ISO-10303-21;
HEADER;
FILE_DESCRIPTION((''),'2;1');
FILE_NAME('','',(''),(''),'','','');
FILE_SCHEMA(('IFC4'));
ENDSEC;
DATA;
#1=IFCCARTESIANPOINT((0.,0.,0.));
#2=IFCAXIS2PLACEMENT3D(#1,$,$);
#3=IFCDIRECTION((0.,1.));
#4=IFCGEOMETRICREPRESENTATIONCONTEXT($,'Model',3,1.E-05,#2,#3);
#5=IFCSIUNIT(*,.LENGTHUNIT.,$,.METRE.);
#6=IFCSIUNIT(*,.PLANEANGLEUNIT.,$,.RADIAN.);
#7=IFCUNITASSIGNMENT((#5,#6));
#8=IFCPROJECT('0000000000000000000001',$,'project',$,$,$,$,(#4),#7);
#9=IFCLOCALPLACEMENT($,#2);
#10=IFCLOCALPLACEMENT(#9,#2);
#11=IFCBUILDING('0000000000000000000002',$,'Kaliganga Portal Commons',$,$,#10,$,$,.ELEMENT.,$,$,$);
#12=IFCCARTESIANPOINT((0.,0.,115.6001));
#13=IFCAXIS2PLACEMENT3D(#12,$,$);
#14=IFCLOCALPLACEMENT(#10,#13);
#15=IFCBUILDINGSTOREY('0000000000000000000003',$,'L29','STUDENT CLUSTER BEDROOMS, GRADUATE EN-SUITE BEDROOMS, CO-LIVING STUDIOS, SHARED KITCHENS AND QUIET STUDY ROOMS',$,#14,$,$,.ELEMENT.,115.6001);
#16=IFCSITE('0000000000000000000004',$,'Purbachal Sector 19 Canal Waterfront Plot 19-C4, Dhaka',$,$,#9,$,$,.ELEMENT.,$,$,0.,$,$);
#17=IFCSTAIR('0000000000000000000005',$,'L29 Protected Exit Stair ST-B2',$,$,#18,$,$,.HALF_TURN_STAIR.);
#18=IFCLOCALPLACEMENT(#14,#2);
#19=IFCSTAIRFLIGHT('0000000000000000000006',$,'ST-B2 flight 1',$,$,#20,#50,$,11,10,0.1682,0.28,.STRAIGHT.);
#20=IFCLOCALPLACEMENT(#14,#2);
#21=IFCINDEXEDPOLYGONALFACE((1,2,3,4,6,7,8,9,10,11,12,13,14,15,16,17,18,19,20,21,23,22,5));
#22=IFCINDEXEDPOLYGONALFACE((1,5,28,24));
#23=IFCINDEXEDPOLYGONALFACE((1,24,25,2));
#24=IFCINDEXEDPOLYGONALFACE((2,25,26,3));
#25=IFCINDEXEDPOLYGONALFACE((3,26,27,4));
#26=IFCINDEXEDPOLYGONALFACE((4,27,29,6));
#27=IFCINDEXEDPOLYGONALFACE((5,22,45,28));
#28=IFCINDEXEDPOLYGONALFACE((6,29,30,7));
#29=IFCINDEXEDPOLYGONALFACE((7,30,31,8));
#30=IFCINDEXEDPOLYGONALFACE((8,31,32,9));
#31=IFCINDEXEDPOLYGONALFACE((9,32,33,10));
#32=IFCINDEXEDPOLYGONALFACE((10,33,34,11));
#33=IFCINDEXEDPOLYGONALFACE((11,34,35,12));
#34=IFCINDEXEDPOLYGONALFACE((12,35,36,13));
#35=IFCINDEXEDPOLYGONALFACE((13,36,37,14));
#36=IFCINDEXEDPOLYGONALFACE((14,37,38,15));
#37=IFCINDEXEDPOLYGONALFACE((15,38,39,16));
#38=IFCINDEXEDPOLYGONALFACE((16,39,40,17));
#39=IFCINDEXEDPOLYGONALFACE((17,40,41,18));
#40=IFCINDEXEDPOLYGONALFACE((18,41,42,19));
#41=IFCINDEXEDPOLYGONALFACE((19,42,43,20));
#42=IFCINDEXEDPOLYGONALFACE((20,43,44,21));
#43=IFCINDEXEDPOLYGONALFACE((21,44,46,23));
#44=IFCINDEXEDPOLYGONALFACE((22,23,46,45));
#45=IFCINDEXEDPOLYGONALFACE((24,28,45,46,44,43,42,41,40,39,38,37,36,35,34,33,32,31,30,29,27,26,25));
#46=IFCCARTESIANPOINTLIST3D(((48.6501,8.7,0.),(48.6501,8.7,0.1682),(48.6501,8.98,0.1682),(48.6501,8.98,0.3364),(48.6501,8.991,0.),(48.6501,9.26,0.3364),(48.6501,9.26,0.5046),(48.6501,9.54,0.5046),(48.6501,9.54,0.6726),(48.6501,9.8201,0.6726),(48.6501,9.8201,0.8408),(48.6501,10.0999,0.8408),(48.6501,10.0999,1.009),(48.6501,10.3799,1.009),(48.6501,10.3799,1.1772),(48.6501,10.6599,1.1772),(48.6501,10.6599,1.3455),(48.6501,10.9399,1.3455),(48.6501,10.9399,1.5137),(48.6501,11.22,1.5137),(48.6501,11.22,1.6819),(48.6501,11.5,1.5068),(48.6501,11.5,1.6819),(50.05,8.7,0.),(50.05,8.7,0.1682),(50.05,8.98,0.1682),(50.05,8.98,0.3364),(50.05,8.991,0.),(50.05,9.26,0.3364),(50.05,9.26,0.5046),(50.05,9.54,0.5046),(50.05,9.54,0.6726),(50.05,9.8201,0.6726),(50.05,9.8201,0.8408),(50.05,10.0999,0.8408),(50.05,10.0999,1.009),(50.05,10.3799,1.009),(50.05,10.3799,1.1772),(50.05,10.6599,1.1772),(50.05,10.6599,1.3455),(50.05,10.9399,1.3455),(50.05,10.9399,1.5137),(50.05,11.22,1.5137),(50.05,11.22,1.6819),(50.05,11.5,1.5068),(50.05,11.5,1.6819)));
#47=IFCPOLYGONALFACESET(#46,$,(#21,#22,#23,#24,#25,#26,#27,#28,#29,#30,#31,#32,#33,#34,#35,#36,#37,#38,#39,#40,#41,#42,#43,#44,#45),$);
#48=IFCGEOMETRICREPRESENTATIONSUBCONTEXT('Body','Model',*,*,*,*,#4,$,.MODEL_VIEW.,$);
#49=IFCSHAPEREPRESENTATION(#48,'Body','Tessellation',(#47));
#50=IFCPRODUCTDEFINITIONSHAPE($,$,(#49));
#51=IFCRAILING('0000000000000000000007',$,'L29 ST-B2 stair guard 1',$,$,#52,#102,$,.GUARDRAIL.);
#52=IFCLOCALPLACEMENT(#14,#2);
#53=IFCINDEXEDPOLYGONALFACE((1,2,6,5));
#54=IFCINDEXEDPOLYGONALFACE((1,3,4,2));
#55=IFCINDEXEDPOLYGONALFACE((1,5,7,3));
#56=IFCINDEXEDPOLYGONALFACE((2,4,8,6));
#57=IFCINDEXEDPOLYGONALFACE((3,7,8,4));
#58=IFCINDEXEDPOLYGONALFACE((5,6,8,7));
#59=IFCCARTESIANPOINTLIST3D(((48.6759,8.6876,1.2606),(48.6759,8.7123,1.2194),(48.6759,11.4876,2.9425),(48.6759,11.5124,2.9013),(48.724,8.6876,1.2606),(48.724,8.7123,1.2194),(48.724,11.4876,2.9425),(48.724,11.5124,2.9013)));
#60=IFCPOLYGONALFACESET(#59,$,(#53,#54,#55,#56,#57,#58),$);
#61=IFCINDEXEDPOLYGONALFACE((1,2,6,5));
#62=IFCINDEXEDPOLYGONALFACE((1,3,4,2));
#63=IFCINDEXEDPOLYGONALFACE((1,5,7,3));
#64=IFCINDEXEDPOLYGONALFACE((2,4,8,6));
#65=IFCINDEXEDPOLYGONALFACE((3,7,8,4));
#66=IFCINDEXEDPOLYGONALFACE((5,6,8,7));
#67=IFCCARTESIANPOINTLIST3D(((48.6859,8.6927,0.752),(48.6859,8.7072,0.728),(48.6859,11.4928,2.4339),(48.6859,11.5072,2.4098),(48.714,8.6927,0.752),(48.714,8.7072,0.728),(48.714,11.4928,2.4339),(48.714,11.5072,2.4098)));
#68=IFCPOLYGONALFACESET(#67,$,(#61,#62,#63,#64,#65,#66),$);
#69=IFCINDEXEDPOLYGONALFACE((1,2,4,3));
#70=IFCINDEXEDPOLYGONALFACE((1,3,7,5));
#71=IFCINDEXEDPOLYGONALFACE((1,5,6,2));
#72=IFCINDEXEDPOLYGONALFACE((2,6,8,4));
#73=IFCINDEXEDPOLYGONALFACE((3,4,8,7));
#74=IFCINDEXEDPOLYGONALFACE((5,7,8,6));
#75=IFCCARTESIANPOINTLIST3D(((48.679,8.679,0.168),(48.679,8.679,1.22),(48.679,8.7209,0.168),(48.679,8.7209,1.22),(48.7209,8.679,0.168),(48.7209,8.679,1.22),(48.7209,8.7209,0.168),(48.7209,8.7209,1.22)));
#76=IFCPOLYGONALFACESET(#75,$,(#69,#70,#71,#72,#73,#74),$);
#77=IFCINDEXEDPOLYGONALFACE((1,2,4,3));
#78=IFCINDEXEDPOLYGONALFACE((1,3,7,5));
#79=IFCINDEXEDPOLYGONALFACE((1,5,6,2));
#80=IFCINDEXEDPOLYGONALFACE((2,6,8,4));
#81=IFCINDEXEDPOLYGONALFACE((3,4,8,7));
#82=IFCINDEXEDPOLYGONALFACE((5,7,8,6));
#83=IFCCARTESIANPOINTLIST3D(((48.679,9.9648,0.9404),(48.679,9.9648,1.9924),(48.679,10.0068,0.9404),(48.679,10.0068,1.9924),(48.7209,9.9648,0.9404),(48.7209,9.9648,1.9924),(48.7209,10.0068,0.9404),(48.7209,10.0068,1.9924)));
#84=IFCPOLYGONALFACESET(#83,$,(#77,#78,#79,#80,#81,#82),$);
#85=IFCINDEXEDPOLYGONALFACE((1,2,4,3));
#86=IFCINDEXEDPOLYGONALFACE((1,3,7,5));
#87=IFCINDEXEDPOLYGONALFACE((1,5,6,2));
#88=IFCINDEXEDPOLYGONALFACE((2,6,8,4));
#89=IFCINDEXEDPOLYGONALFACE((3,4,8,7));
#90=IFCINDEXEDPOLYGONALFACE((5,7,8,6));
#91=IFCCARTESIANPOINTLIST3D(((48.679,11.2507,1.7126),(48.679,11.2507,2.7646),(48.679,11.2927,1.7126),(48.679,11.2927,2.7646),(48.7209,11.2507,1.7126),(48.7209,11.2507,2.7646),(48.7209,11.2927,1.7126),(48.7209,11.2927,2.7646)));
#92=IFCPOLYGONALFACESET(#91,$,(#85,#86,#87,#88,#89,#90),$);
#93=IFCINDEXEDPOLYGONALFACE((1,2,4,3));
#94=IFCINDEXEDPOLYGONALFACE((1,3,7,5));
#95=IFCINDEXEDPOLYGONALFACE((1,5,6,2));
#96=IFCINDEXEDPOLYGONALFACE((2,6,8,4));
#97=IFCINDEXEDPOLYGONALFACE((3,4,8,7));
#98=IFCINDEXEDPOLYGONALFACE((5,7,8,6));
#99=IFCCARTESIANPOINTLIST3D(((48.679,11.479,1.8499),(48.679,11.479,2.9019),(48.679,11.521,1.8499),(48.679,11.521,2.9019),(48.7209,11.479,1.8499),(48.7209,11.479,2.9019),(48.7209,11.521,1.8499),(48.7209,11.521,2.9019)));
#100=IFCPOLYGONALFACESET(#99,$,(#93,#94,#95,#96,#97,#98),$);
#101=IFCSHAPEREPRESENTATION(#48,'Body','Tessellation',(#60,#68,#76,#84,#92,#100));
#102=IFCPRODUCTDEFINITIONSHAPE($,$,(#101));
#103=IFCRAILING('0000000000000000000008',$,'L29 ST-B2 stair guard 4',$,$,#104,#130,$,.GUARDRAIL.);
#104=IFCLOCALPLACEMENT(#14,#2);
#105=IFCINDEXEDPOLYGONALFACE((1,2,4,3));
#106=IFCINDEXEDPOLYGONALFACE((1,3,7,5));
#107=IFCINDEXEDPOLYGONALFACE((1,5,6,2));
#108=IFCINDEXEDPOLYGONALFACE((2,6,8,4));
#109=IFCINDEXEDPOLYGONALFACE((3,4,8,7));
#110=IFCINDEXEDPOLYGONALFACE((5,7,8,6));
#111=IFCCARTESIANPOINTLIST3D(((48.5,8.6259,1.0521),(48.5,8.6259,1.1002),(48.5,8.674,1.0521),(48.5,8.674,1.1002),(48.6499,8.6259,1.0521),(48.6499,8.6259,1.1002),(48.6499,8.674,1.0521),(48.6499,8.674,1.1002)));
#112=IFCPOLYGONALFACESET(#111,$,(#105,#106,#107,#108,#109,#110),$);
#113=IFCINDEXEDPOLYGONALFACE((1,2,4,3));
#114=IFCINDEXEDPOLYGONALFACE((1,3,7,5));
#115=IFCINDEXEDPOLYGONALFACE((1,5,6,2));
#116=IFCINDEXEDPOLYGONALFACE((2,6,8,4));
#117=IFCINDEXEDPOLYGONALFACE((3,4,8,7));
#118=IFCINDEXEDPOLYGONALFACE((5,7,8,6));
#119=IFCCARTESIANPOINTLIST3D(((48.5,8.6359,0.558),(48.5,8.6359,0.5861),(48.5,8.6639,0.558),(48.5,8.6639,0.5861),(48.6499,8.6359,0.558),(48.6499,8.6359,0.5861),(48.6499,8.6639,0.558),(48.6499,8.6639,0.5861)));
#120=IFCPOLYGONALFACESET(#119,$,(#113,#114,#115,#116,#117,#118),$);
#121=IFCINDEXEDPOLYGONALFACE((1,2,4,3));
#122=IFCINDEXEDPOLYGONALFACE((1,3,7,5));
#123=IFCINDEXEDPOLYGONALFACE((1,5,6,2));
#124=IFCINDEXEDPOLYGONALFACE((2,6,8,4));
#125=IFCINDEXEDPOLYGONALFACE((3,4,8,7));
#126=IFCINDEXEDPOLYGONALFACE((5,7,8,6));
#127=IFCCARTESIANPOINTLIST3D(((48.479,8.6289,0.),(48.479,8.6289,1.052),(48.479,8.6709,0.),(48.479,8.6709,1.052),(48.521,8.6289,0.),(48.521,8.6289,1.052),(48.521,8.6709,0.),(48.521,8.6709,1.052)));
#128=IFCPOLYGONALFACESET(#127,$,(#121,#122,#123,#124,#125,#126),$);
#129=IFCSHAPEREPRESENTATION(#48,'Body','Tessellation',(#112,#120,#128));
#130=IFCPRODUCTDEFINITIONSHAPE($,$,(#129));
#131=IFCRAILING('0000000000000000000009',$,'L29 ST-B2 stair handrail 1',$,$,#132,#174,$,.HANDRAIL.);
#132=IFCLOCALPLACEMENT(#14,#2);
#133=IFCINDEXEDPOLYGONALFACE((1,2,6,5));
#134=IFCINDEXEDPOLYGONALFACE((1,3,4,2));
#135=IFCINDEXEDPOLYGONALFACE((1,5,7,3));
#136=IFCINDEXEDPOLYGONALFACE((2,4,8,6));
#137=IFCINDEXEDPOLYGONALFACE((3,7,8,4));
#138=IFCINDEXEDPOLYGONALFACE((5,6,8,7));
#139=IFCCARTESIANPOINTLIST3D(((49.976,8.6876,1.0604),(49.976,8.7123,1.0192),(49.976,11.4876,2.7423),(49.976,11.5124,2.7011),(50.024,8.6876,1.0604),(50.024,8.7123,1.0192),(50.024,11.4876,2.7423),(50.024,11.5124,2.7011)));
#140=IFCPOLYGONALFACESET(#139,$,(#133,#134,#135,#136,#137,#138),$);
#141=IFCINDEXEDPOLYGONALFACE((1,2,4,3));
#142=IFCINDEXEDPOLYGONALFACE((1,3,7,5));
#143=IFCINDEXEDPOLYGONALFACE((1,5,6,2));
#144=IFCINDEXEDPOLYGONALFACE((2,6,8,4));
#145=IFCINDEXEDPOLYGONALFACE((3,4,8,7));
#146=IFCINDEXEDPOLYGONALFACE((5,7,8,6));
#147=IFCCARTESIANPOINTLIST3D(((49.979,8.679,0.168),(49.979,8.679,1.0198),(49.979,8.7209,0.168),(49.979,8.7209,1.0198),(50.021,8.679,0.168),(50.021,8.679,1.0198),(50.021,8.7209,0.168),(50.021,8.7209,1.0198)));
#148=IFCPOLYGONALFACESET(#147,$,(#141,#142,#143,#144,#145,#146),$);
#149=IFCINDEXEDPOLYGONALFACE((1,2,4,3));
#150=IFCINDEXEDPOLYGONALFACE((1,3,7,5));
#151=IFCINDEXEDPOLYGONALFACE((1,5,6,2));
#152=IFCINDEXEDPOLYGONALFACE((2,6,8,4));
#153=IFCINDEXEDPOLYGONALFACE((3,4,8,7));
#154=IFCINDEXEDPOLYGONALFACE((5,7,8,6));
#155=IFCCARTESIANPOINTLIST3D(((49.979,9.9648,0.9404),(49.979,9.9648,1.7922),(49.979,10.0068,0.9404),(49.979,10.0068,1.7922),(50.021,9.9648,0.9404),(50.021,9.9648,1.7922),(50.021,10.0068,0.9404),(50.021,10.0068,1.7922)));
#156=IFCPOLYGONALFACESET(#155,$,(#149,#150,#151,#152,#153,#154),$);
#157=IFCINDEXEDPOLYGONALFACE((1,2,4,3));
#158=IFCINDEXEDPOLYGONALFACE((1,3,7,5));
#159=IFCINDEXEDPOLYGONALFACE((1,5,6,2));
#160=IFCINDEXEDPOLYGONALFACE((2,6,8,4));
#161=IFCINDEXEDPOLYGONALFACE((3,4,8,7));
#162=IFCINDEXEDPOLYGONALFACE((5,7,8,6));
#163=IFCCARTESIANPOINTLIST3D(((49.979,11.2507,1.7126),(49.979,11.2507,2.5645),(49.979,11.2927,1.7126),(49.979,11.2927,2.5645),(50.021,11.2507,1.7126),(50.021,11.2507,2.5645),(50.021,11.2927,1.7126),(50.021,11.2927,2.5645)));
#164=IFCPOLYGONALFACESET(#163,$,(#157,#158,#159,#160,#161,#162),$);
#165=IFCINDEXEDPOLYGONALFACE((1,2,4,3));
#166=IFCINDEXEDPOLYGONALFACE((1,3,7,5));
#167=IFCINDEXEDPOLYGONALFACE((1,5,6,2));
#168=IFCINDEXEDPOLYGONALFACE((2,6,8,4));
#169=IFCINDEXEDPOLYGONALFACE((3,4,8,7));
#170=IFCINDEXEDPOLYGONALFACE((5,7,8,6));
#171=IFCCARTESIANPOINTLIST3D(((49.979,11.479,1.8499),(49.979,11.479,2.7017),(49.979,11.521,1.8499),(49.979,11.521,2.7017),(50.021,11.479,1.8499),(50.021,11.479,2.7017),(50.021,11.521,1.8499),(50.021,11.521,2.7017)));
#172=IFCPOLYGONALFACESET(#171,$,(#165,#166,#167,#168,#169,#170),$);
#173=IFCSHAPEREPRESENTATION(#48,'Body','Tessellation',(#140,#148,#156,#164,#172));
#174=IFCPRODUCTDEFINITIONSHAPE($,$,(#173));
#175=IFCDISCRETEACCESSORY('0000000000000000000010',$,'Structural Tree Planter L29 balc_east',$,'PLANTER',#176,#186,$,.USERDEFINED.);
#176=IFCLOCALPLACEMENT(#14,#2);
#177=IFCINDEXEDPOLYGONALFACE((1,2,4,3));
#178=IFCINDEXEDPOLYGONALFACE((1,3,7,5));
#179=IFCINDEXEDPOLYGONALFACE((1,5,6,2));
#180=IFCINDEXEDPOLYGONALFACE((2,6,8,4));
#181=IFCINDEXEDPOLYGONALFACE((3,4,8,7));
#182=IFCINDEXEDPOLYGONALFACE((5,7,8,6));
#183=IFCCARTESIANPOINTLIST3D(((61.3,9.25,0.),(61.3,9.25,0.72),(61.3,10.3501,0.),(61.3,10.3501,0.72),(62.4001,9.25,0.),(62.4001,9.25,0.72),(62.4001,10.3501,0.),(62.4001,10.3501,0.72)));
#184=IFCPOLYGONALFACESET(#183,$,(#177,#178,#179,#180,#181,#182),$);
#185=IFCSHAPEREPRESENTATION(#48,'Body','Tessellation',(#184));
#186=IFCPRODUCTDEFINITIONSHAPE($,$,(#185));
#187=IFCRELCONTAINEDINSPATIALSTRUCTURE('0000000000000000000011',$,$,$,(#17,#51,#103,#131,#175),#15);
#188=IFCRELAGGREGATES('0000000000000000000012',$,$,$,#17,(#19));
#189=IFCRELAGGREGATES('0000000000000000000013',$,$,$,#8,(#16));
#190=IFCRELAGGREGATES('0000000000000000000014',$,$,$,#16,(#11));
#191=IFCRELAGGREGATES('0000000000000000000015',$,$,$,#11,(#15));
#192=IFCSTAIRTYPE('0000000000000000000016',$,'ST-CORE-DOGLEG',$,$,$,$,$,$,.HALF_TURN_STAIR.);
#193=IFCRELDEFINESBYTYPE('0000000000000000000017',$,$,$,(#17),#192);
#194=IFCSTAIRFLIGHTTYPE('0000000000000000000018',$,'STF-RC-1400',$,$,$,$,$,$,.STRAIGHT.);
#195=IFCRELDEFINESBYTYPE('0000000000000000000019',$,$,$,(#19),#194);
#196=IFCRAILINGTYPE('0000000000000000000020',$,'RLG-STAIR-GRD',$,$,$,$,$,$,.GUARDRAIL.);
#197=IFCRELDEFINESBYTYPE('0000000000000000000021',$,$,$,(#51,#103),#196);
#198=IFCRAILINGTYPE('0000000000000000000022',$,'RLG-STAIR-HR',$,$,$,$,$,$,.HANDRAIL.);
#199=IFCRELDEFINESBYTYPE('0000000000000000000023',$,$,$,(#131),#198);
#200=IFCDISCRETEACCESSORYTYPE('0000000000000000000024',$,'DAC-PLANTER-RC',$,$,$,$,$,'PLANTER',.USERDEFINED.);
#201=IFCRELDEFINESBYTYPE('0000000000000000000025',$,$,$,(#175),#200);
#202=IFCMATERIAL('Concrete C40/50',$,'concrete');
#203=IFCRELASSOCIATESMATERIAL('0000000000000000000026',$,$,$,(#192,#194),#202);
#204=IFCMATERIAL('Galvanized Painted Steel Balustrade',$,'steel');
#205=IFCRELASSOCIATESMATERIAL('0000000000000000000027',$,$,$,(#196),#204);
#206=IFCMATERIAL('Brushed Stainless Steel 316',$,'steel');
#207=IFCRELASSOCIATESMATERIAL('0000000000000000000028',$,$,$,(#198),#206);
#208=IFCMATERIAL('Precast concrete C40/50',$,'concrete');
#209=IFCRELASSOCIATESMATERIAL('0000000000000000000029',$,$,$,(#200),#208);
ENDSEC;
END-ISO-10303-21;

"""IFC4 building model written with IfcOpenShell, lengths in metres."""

from ifc_helpers import new_model, si_unit, direction, frame, origin, origin_2d, place, context, subcontext, project, spatial, polyline, rectangle, outline, extrude, source, transform, mapped, material, type_object, element, aggregate, save


model = new_model("IFC4")

# Units and contexts
model_context = context("Model", 3, precision=1e-05, world=origin(), true_north=direction((0.0, 1.0)))
body_context = subcontext(model_context, "Body", "Model", "MODEL_VIEW")
ifc_project = project(units=[si_unit("LENGTHUNIT", "METRE"), si_unit("PLANEANGLEUNIT", "RADIAN")], contexts=[model_context])

# Site, building, storey
site_placement = place(None, origin())
site = spatial("IfcSite", under=ifc_project, at=site_placement, Name="Purbachal Sector 19 Canal Waterfront Plot 19-C4, Dhaka", CompositionType="ELEMENT", RefElevation=0.0)
building_placement = place(site_placement, origin())
building = spatial("IfcBuilding", under=site, at=building_placement, Name="Kaliganga Portal Commons", CompositionType="ELEMENT")
storey_placement = place(building_placement, frame((0.0, 0.0, 115.6001)))
storey = spatial("IfcBuildingStorey", under=building, at=storey_placement, Name="L29", Description="STUDENT CLUSTER BEDROOMS, GRADUATE EN-SUITE BEDROOMS, CO-LIVING STUDIOS, SHARED KITCHENS AND QUIET STUDY ROOMS", CompositionType="ELEMENT", Elevation=115.6001)

# Stair, stair flight
ifc_material_1 = material(Name="Concrete C40/50", Category="concrete")
stair_type = type_object("IfcStairType", Name="ST-CORE-DOGLEG", PredefinedType="HALF_TURN_STAIR", material=ifc_material_1)
stair_placement = place(storey_placement, origin())
stair = element("IfcStair", 1, at=stair_placement, inside=storey, type_object=stair_type, Name="L29 Protected Exit Stair ST-B2", PredefinedType="HALF_TURN_STAIR")
stair_flight_type = type_object("IfcStairFlightType", Name="STF-RC-1400", PredefinedType="STRAIGHT", material=ifc_material_1)
stair_flight_placement = place(storey_placement, frame((49.3501, 8.7, 0.0), z_axis=(0.0, 0.0, 1.0), x_axis=(0.0, 1.0, 0.0)))
stair_flight = element("IfcStairFlight", 2, at=stair_flight_placement, type_object=stair_flight_type, Name="ST-B2 flight 1", NumberOfRisers=11, NumberOfTreads=10, PredefinedType="STRAIGHT", RiserHeight=0.1682, TreadLength=0.28, context=body_context, shape_type="SweptSolid", body=[
    extrude(outline(polyline([(0.0, 0.0), (0.0, 0.1682), (0.28, 0.1682), (0.28, 0.3364), (0.5601, 0.3364), (0.5601, 0.5046), (0.8401, 0.5046), (0.8401, 0.6726), (1.1201, 0.6726), (1.1201, 0.8408), (1.3999, 0.8408), (1.3999, 1.009), (1.6799, 1.009), (1.6799, 1.1772), (1.96, 1.1772), (1.96, 1.3455), (2.24, 1.3455), (2.24, 1.5137), (2.52, 1.5137), (2.52, 1.6819), (2.8, 1.6819), (2.8, 1.8501), (2.8, 1.5068), (0.291, 0.0), (0.0, 0.0)])), frame((0.0, 0.7, 0.0), z_axis=(0.0, -1.0, 0.0), x_axis=(1.0, 0.0, 0.0)), (0.0, 0.0, 1.0), 1.3999),
])
aggregate(stair, [stair_flight])

# Railings
ifc_material_2 = material(Name="Galvanized Painted Steel Balustrade", Category="steel")
railing_type_1 = type_object("IfcRailingType", Name="RLG-STAIR-GRD", PredefinedType="GUARDRAIL", material=ifc_material_2)
railing_1_placement = place(storey_placement, frame((48.7, 8.7, 0.168)))
element("IfcRailing", 3, at=railing_1_placement, inside=storey, type_object=railing_type_1, Name="L29 ST-B2 stair guard 1", PredefinedType="GUARDRAIL", context=body_context, shape_type="SweptSolid", body=[
    extrude(rectangle(XDim=0.0481, YDim=0.0481, at=origin_2d()), frame((0.0, 0.0, 1.072), z_axis=(0.0, 0.857242, 0.514913), x_axis=(-1.0, 0.0, 0.0)), (0.0, 0.0, 1.0), 3.2664),
    extrude(rectangle(XDim=0.0281, YDim=0.0281, at=origin_2d()), frame((0.0, 0.0, 0.572), z_axis=(0.0, 0.857242, 0.514913), x_axis=(-1.0, 0.0, 0.0)), (0.0, 0.0, 1.0), 3.2664),
    extrude(rectangle(XDim=0.042, YDim=0.042, at=origin_2d()), origin(), (0.0, 0.0, 1.0), 1.052),
    extrude(rectangle(XDim=0.042, YDim=0.042, at=origin_2d()), frame((0.0, 1.2859, 0.7725)), (0.0, 0.0, 1.0), 1.052),
    extrude(rectangle(XDim=0.042, YDim=0.042, at=origin_2d()), frame((0.0, 2.5718, 1.5447)), (0.0, 0.0, 1.0), 1.052),
    extrude(rectangle(XDim=0.042, YDim=0.042, at=origin_2d()), frame((0.0, 2.8, 1.6819)), (0.0, 0.0, 1.0), 1.052),
])
railing_2_placement = place(storey_placement, frame((48.6499, 8.6499, 0.0)))
element("IfcRailing", 4, at=railing_2_placement, inside=storey, type_object=railing_type_1, Name="L29 ST-B2 stair guard 4", PredefinedType="GUARDRAIL", context=body_context, shape_type="SweptSolid", body=[
    extrude(rectangle(XDim=0.0481, YDim=0.0481, at=origin_2d()), frame((0.0, 0.0, 1.0762), z_axis=(-1.0, 0.0, 0.0), x_axis=(0.0, -1.0, 0.0)), (0.0, 0.0, 1.0), 0.1499),
    extrude(rectangle(XDim=0.0281, YDim=0.0281, at=origin_2d()), frame((0.0, 0.0, 0.572), z_axis=(-1.0, 0.0, 0.0), x_axis=(0.0, -1.0, 0.0)), (0.0, 0.0, 1.0), 0.1499),
    extrude(rectangle(XDim=0.042, YDim=0.042, at=origin_2d()), frame((-0.1499, 0.0, 0.0)), (0.0, 0.0, 1.0), 1.052),
])
ifc_material_3 = material(Name="Brushed Stainless Steel 316", Category="steel")
railing_type_2 = type_object("IfcRailingType", Name="RLG-STAIR-HR", PredefinedType="HANDRAIL", material=ifc_material_3)
railing_3_placement = place(storey_placement, frame((50.0, 8.7, 0.168)))
element("IfcRailing", 5, at=railing_3_placement, inside=storey, type_object=railing_type_2, Name="L29 ST-B2 stair handrail 1", PredefinedType="HANDRAIL", context=body_context, shape_type="SweptSolid", body=[
    extrude(rectangle(XDim=0.0481, YDim=0.0481, at=origin_2d()), frame((0.0, 0.0, 0.8718), z_axis=(0.0, 0.857242, 0.514913), x_axis=(-1.0, 0.0, 0.0)), (0.0, 0.0, 1.0), 3.2664),
    extrude(rectangle(XDim=0.042, YDim=0.042, at=origin_2d()), origin(), (0.0, 0.0, 1.0), 0.8518),
    extrude(rectangle(XDim=0.042, YDim=0.042, at=origin_2d()), frame((0.0, 1.2859, 0.7725)), (0.0, 0.0, 1.0), 0.8518),
    extrude(rectangle(XDim=0.042, YDim=0.042, at=origin_2d()), frame((0.0, 2.5718, 1.5447)), (0.0, 0.0, 1.0), 0.8518),
    extrude(rectangle(XDim=0.042, YDim=0.042, at=origin_2d()), frame((0.0, 2.8, 1.6819)), (0.0, 0.0, 1.0), 0.8518),
])

# Discrete accessory
ifc_material_4 = material(Name="Precast concrete C40/50", Category="concrete")
discrete_accessory_type = type_object("IfcDiscreteAccessoryType", Name="DAC-PLANTER-RC", ElementType="PLANTER", PredefinedType="USERDEFINED", material=ifc_material_4)
shared_shape_1 = source(origin(), body_context, "Body", "SweptSolid", [
    extrude(rectangle(XDim=1.1001, YDim=1.1001, at=origin_2d()), origin(), (0.0, 0.0, 1.0), 0.72),
])
discrete_accessory_placement = place(storey_placement, frame((61.8501, 9.8, 0.0), z_axis=(0.0, 0.0, 1.0), x_axis=(1.0, 0.0, 0.0)))
element("IfcDiscreteAccessory", 6, at=discrete_accessory_placement, inside=storey, type_object=discrete_accessory_type, Name="Structural Tree Planter L29 balc_east", ObjectType="PLANTER", PredefinedType="USERDEFINED", context=body_context, shape_type="MappedRepresentation", body=[
    mapped(shared_shape_1, transform((0.0, 0.0, 0.0), x_axis=(1.0, 0.0, 0.0), y_axis=(0.0, 1.0, 0.0), z_axis=(0.0, 0.0, 1.0), scale=1.0)),
])

save(model, "model.ifc")
